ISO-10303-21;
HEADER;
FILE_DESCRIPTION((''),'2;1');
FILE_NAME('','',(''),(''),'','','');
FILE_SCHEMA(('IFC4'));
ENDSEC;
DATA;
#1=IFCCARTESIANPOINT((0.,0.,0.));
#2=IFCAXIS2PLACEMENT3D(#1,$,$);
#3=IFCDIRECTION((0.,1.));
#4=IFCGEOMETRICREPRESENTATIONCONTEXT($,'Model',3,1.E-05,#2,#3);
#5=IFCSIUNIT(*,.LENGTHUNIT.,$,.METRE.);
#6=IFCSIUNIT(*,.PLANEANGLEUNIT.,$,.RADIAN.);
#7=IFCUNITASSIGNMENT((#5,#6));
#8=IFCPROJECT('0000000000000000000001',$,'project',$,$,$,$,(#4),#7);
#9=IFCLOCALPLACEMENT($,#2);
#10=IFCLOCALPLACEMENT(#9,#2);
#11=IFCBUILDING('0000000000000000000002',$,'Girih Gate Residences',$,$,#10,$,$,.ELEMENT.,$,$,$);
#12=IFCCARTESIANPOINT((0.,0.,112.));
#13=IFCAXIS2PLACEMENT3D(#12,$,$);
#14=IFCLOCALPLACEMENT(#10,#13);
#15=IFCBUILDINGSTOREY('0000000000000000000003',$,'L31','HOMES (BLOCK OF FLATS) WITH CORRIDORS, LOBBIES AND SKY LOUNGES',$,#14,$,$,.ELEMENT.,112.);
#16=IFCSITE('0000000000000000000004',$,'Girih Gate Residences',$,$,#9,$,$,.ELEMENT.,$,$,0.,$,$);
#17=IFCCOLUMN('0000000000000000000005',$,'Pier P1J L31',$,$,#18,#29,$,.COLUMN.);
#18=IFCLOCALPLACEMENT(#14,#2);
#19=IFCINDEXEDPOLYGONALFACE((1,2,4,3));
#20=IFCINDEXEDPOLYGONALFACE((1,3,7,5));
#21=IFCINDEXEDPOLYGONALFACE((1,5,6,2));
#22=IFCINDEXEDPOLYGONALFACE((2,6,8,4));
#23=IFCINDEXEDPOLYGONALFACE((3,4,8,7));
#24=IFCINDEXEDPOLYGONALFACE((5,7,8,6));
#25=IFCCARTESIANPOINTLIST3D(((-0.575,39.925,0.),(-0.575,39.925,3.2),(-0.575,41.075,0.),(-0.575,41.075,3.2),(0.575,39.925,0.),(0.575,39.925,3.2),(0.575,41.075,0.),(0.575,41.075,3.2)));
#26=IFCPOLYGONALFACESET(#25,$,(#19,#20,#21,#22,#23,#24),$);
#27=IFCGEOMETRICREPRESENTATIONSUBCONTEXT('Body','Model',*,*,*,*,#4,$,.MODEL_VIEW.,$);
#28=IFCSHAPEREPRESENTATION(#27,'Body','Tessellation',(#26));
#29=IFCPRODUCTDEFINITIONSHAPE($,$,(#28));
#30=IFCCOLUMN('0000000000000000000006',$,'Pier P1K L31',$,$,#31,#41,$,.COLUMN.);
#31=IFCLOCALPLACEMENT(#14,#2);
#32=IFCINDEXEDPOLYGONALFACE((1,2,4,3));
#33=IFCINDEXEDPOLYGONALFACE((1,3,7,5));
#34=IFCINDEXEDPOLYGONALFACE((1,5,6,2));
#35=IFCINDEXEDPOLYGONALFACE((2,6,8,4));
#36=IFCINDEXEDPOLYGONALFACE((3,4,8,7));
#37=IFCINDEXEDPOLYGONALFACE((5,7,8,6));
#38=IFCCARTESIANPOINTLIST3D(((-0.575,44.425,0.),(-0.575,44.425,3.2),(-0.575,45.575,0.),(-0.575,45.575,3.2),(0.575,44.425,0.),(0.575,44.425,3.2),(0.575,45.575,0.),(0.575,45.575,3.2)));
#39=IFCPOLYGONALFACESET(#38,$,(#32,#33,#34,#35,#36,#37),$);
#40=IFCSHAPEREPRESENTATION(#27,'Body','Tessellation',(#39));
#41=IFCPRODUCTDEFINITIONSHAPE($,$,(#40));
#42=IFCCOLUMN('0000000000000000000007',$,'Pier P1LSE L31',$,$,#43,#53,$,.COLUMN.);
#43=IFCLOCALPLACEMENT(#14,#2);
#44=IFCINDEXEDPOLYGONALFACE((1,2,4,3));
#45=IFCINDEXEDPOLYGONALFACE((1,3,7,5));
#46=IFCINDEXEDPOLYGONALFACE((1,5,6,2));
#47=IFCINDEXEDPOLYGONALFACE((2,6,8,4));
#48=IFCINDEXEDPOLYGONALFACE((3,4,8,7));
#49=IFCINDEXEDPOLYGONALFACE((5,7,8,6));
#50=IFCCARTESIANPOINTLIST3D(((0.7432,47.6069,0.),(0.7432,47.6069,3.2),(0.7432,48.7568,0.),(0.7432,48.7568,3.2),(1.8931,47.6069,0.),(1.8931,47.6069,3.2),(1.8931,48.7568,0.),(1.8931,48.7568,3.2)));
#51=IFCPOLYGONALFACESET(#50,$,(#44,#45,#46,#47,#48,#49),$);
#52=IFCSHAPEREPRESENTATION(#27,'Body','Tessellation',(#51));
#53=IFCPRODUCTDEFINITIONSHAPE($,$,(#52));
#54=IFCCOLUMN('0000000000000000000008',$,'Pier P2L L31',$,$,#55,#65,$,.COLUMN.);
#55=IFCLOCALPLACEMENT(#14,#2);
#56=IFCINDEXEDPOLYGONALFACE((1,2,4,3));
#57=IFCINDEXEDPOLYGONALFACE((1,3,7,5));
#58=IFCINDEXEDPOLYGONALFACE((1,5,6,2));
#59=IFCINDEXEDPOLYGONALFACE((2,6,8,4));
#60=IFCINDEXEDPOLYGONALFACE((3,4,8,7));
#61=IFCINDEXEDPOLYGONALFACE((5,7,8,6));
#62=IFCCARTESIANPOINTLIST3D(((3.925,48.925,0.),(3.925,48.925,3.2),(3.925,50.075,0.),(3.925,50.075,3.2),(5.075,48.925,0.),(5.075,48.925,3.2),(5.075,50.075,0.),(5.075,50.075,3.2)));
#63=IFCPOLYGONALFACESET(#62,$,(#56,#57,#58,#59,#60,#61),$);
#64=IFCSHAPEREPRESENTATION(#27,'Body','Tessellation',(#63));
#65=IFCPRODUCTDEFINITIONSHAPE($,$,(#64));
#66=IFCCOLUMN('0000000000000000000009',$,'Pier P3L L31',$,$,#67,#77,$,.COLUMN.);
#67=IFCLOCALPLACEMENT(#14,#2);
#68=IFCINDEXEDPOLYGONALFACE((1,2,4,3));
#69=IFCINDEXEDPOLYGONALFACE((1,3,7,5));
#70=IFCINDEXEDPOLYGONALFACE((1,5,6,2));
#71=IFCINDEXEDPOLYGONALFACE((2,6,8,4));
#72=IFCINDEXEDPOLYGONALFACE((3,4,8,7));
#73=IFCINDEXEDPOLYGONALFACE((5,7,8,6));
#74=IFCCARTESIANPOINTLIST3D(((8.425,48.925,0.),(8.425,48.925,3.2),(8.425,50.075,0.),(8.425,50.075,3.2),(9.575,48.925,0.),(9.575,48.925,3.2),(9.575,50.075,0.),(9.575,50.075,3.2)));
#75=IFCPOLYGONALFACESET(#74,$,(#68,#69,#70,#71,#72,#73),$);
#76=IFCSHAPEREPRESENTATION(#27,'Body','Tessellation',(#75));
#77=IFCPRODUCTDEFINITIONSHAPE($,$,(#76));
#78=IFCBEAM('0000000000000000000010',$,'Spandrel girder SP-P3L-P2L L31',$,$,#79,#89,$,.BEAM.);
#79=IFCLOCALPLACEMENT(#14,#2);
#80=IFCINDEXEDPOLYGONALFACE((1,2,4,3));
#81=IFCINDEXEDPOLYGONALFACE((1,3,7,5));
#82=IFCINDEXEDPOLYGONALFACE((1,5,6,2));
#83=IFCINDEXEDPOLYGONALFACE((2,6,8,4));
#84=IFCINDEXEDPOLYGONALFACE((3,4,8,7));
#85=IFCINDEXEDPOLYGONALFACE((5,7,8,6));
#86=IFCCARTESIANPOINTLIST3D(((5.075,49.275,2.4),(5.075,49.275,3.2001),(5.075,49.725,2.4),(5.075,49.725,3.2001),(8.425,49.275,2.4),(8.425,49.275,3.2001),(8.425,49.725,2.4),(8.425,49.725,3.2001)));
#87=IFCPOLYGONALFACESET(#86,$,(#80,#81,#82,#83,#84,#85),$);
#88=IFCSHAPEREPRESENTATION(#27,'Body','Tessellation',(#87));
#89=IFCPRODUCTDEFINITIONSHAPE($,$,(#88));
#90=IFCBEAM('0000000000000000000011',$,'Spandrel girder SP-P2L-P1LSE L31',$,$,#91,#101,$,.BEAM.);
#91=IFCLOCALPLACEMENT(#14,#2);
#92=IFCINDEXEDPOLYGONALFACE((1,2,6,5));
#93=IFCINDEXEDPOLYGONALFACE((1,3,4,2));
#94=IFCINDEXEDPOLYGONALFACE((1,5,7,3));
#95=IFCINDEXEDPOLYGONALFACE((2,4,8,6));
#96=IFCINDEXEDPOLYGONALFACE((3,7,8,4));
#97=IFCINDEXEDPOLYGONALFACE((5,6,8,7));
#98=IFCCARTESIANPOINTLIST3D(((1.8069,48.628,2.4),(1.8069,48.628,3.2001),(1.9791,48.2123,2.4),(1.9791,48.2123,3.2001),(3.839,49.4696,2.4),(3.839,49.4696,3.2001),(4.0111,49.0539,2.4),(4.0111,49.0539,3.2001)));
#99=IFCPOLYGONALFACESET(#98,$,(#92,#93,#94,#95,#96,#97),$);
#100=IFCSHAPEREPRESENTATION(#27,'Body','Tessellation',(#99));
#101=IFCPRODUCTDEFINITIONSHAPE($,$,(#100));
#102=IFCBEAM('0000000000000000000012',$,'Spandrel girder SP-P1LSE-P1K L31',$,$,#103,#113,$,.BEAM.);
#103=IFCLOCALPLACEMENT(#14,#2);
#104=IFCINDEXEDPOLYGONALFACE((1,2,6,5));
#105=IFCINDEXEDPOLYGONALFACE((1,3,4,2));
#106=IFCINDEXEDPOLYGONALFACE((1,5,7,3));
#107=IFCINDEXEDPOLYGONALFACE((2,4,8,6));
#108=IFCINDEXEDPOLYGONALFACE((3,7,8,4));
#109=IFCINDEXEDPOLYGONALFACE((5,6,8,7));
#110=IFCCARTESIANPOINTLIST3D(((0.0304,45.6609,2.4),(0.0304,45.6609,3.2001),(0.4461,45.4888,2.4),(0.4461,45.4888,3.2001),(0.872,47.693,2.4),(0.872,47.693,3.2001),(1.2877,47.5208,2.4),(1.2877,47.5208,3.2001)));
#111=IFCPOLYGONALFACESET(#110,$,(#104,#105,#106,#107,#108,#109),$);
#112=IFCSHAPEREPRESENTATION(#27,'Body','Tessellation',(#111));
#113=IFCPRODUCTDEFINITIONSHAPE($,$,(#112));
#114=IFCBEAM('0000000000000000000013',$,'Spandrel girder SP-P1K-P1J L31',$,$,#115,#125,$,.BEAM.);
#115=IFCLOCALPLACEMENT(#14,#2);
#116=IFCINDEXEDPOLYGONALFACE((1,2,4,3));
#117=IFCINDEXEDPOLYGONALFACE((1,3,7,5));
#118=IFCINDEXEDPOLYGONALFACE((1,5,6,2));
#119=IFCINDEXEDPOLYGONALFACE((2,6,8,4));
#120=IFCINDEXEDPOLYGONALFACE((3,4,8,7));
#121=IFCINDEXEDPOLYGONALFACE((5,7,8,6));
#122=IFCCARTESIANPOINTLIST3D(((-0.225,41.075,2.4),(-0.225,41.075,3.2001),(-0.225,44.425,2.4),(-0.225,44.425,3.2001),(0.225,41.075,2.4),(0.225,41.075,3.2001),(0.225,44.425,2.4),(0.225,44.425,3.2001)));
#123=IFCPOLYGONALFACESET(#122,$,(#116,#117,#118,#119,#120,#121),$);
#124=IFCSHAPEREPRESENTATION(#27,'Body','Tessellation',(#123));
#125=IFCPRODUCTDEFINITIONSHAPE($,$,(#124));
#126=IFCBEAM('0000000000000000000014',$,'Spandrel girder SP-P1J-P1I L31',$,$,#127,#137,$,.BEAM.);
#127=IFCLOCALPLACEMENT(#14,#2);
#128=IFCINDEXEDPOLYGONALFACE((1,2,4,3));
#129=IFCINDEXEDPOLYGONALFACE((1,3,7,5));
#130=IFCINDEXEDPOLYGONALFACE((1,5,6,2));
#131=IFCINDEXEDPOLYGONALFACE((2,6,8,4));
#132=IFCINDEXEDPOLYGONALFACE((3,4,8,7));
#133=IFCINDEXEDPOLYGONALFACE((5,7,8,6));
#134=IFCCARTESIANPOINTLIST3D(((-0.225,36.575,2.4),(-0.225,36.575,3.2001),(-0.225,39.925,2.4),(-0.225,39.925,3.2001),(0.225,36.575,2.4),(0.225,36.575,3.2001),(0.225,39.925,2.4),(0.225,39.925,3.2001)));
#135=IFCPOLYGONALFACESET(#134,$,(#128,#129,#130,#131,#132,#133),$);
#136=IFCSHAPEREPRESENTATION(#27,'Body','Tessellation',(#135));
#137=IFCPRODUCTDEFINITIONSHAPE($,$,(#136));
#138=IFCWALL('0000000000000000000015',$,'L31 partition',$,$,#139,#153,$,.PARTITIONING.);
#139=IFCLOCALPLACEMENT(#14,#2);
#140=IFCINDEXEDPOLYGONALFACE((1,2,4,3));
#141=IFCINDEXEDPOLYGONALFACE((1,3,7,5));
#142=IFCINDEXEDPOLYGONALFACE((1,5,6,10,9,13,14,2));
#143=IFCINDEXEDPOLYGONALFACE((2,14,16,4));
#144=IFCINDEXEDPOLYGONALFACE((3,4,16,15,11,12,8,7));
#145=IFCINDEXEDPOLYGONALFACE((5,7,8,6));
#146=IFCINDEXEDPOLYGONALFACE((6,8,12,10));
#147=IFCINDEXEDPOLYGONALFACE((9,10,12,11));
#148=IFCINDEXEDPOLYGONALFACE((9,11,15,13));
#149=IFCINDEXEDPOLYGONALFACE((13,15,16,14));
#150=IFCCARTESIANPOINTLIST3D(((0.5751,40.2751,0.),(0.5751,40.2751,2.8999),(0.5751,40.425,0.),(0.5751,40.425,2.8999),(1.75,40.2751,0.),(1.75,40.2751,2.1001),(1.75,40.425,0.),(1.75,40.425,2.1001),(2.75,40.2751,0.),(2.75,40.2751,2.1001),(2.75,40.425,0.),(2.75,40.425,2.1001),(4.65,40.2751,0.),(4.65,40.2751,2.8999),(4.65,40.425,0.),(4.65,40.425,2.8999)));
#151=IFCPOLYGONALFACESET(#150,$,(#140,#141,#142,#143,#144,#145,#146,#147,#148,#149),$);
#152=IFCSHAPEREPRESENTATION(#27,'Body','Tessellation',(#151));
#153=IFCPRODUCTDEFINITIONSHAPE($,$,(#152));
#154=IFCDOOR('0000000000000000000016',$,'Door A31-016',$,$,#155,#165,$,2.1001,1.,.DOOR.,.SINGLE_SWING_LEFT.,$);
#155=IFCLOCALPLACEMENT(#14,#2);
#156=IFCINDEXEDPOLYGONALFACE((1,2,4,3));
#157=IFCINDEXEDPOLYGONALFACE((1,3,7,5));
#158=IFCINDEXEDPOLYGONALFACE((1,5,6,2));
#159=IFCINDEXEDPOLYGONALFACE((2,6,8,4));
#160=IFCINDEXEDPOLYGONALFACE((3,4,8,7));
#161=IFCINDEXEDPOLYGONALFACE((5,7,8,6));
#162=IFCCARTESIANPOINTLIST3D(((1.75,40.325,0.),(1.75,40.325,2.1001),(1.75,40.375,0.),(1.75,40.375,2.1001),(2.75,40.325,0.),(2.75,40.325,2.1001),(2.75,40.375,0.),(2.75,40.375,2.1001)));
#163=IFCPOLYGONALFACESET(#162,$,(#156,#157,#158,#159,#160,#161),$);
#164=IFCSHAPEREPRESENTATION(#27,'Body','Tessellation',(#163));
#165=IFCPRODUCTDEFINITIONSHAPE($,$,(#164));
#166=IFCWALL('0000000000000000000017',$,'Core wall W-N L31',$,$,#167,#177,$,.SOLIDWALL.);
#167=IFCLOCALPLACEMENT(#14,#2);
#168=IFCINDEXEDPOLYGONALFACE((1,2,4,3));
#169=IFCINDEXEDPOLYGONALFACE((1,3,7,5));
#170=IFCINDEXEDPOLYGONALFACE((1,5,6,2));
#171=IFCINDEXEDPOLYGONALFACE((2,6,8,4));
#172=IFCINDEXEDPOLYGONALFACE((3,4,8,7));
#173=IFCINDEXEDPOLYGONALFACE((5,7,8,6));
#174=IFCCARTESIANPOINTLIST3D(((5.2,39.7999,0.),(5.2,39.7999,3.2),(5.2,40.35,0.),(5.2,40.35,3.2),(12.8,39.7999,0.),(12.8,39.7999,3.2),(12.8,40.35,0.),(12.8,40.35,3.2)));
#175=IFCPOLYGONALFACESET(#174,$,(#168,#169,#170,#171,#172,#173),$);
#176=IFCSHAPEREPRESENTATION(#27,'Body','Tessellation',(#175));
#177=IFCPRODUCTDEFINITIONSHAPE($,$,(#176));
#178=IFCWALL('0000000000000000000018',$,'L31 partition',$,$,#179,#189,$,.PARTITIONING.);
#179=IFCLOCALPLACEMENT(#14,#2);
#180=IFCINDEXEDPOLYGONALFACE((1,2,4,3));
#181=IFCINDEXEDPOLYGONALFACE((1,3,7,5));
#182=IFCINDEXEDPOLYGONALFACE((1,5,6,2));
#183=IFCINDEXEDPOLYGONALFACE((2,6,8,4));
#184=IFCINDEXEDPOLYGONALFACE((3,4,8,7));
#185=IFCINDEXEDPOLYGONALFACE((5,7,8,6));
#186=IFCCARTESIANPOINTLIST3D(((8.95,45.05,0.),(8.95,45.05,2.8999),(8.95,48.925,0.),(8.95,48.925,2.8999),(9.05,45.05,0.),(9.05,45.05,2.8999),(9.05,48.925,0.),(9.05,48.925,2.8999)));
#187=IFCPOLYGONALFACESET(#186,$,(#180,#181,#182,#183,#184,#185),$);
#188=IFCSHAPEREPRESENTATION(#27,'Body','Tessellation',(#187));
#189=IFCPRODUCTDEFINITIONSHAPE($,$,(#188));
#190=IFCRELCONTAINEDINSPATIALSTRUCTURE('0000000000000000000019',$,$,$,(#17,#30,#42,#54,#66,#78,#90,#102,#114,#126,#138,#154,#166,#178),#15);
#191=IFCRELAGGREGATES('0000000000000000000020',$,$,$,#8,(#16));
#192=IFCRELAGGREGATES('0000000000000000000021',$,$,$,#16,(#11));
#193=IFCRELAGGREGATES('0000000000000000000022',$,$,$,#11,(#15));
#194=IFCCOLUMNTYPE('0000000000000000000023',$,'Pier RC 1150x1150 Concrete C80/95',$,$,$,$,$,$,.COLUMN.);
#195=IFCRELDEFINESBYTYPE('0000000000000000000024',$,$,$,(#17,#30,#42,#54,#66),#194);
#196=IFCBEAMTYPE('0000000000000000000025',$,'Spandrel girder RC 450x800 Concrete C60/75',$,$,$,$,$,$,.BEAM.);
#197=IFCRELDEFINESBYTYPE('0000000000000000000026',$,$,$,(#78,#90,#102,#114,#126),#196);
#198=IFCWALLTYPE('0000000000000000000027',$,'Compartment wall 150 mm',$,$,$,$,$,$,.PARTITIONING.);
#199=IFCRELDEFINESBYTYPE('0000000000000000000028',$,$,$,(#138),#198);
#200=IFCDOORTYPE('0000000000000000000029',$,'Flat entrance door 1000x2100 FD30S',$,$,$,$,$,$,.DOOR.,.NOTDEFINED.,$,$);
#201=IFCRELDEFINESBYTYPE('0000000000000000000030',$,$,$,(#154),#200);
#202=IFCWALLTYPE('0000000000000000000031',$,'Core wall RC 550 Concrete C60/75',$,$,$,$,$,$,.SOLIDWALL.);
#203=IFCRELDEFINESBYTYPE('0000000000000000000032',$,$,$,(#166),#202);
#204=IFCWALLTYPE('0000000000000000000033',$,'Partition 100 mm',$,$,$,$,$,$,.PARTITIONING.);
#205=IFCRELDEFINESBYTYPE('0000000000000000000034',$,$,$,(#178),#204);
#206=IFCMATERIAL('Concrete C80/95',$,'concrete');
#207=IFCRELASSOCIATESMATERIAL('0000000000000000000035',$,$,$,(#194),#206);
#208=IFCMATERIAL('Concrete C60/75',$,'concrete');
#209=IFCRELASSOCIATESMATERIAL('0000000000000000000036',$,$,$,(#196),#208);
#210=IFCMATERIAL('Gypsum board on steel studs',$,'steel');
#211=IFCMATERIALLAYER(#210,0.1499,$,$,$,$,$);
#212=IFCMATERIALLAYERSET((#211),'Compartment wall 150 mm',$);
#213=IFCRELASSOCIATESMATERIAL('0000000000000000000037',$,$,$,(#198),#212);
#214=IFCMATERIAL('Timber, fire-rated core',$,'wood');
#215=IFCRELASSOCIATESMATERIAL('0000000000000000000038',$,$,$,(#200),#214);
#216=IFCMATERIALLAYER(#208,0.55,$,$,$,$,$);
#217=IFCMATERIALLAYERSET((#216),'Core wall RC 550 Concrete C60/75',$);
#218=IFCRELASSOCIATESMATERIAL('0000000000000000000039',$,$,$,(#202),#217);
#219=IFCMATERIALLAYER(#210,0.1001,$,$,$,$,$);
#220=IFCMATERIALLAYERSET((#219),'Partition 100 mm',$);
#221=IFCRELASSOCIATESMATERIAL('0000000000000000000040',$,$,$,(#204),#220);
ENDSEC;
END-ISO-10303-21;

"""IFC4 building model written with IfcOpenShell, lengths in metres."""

from ifc_helpers import new_model, si_unit, direction, frame, frame_2d, origin, origin_2d, place, context, subcontext, project, spatial, rectangle, extrude, material, layer, layer_set, material_profile, profile_set, type_object, element, fill, save


model = new_model("IFC4")

# Units and contexts
model_context = context("Model", 3, precision=1e-05, world=origin(), true_north=direction((0.0, 1.0)))
body_context = subcontext(model_context, "Body", "Model", "MODEL_VIEW")
ifc_project = project(units=[si_unit("LENGTHUNIT", "METRE"), si_unit("PLANEANGLEUNIT", "RADIAN")], contexts=[model_context])

# Site, building, storey
site_placement = place(None, origin())
site = spatial("IfcSite", under=ifc_project, at=site_placement, Name="Girih Gate Residences", CompositionType="ELEMENT", RefElevation=0.0)
building_placement = place(site_placement, origin())
building = spatial("IfcBuilding", under=site, at=building_placement, Name="Girih Gate Residences", CompositionType="ELEMENT")
storey_placement = place(building_placement, frame((0.0, 0.0, 112.0)))
storey = spatial("IfcBuildingStorey", under=building, at=storey_placement, Name="L31", Description="HOMES (BLOCK OF FLATS) WITH CORRIDORS, LOBBIES AND SKY LOUNGES", CompositionType="ELEMENT", Elevation=112.0)

# Columns
ifc_material_1 = material(Name="Concrete C80/95", Category="concrete")
ifc_material_profile_1 = material_profile(ifc_material_1, rectangle(XDim=1.1499, YDim=1.1499, at=origin_2d()))
ifc_profile_set_1 = profile_set([ifc_material_profile_1], Name="Concrete C80/95")
column_type = type_object("IfcColumnType", Name="Pier RC 1150x1150 Concrete C80/95", PredefinedType="COLUMN", material=ifc_profile_set_1)
for number, where, z_axis, x_axis, name in (
    (1, (0.0, 40.5, 0.0), (0.0, 0.0, 1.0), (1.0, 0.0, 0.0), "Pier P1J L31"),
    (2, (0.0, 45.0, 0.0), (0.0, 0.0, 1.0), (1.0, 0.0, 0.0), "Pier P1K L31"),
    (3, (1.3181, 48.1819, 0.0), (0.0, 0.0, 1.0), (1.0, 0.0, 0.0), "Pier P1LSE L31"),
    (4, (4.5, 49.5, 0.0), (0.0, 0.0, 1.0), (1.0, 0.0, 0.0), "Pier P2L L31"),
    (5, (9.0, 49.5, 0.0), (0.0, 0.0, 1.0), (1.0, 0.0, 0.0), "Pier P3L L31"),
):
    element("IfcColumn", number, at=place(storey_placement, frame(where, z_axis=z_axis, x_axis=x_axis)), inside=storey, type_object=column_type, Name=name, PredefinedType="COLUMN", context=body_context, shape_type="SweptSolid", body=[
        extrude(rectangle(XDim=1.1499, YDim=1.1499, at=origin_2d()), origin(), (0.0, 0.0, 1.0), 3.2),
    ])

# Beams
ifc_material_2 = material(Name="Concrete C60/75", Category="concrete")
ifc_material_profile_2 = material_profile(ifc_material_2, rectangle(XDim=0.45, YDim=0.8, at=origin_2d()))
ifc_profile_set_2 = profile_set([ifc_material_profile_2], Name="Concrete C60/75")
beam_type = type_object("IfcBeamType", Name="Spandrel girder RC 450x800 Concrete C60/75", PredefinedType="BEAM", material=ifc_profile_set_2)
beam_placement = place(storey_placement, frame((8.425, 49.5, 2.8), z_axis=(-1.0, 0.0, 0.0), x_axis=(0.0, -1.0, 0.0)))
element("IfcBeam", 6, at=beam_placement, inside=storey, type_object=beam_type, Name="Spandrel girder SP-P3L-P2L L31", PredefinedType="BEAM", context=body_context, shape_type="SweptSolid", body=[
    extrude(rectangle(XDim=0.45, YDim=0.8, at=origin_2d()), origin(), (0.0, 0.0, 1.0), 3.3501),
])
for number, where, z_axis, x_axis, name in (
    (7, (3.925, 49.2617, 2.8), (-0.923899, -0.382636, 0.0), (0.382636, -0.923899, 0.0), "Spandrel girder SP-P2L-P1LSE L31"),
    (8, (1.0798, 47.6069, 2.8), (-0.382636, -0.923899, 0.0), (0.923899, -0.382636, 0.0), "Spandrel girder SP-P1LSE-P1K L31"),
):
    element("IfcBeam", number, at=place(storey_placement, frame(where, z_axis=z_axis, x_axis=x_axis)), inside=storey, type_object=beam_type, Name=name, PredefinedType="BEAM", context=body_context, shape_type="SweptSolid", body=[
        extrude(rectangle(XDim=0.45, YDim=0.8, at=origin_2d()), origin(), (0.0, 0.0, 1.0), 2.1995),
    ])
for number, where, z_axis, x_axis, name in (
    (9, (0.0, 44.425, 2.8), (0.0, -1.0, 0.0), (1.0, 0.0, 0.0), "Spandrel girder SP-P1K-P1J L31"),
    (10, (0.0, 39.925, 2.8), (0.0, -1.0, 0.0), (1.0, 0.0, 0.0), "Spandrel girder SP-P1J-P1I L31"),
):
    element("IfcBeam", number, at=place(storey_placement, frame(where, z_axis=z_axis, x_axis=x_axis)), inside=storey, type_object=beam_type, Name=name, PredefinedType="BEAM", context=body_context, shape_type="SweptSolid", body=[
        extrude(rectangle(XDim=0.45, YDim=0.8, at=origin_2d()), origin(), (0.0, 0.0, 1.0), 3.3501),
    ])

# Wall, opening, door
ifc_material_3 = material(Name="Gypsum board on steel studs", Category="steel")
ifc_layer_1 = layer(ifc_material_3, 0.1499)
ifc_layer_set_1 = layer_set([ifc_layer_1], Name="Compartment wall 150 mm")
wall_type_1 = type_object("IfcWallType", Name="Compartment wall 150 mm", PredefinedType="PARTITIONING", material=ifc_layer_set_1)
wall_1_placement = place(storey_placement, frame((0.575, 40.3501, 0.0), z_axis=(0.0, 0.0, 1.0), x_axis=(1.0, 0.0, 0.0)))
wall_1 = element("IfcWall", 11, at=wall_1_placement, inside=storey, type_object=wall_type_1, Name="L31 partition", PredefinedType="PARTITIONING", context=body_context, shape_type="SweptSolid", body=[
    extrude(rectangle(XDim=4.075, YDim=0.1499, at=frame_2d((2.0376, 0.0))), origin(), (0.0, 0.0, 1.0), 2.8999),
])
opening_1_placement = place(wall_1_placement, frame((1.175, 0.0, 0.0)))
opening_1 = element("IfcOpeningElement", 12, at=opening_1_placement, cuts=wall_1, PredefinedType="OPENING", context=body_context, shape_type="SweptSolid", body=[
    extrude(rectangle(XDim=1.0, YDim=2.1001, at=frame_2d((0.5, 1.05))), frame((0.0, 0.085, 0.0), z_axis=(0.0, -1.0, 0.0), x_axis=(1.0, 0.0, 0.0)), (0.0, 0.0, 1.0), 0.1699),
])
ifc_material_4 = material(Name="Timber, fire-rated core", Category="wood")
door_type_1 = type_object("IfcDoorType", Name="Flat entrance door 1000x2100 FD30S", OperationType="NOTDEFINED", PredefinedType="DOOR", material=ifc_material_4)
door_1_placement = place(opening_1_placement, origin())
door_1 = element("IfcDoor", 13, at=door_1_placement, inside=storey, type_object=door_type_1, Name="Door A31-016", OperationType="SINGLE_SWING_LEFT", OverallHeight=2.1001, OverallWidth=1.0, PredefinedType="DOOR", context=body_context, shape_type="SweptSolid", body=[
    extrude(rectangle(XDim=1.0, YDim=2.1001, at=frame_2d((0.5, 1.05))), frame((0.0, 0.0249, 0.0), z_axis=(0.0, -1.0, 0.0), x_axis=(1.0, 0.0, 0.0)), (0.0, 0.0, 1.0), 0.05),
])
fill(opening_1, door_1)

# Walls
ifc_layer_2 = layer(ifc_material_2, 0.55)
ifc_layer_set_2 = layer_set([ifc_layer_2], Name="Core wall RC 550 Concrete C60/75")
wall_type_2 = type_object("IfcWallType", Name="Core wall RC 550 Concrete C60/75", PredefinedType="SOLIDWALL", material=ifc_layer_set_2)
wall_2_placement = place(storey_placement, frame((5.2, 40.075, 0.0), z_axis=(0.0, 0.0, 1.0), x_axis=(1.0, 0.0, 0.0)))
element("IfcWall", 14, at=wall_2_placement, inside=storey, type_object=wall_type_2, Name="Core wall W-N L31", PredefinedType="SOLIDWALL", context=body_context, shape_type="SweptSolid", body=[
    extrude(rectangle(XDim=7.6001, YDim=0.55, at=frame_2d((3.8, 0.0))), origin(), (0.0, 0.0, 1.0), 3.2),
])
ifc_layer_3 = layer(ifc_material_3, 0.1001)
ifc_layer_set_3 = layer_set([ifc_layer_3], Name="Partition 100 mm")
wall_type_3 = type_object("IfcWallType", Name="Partition 100 mm", PredefinedType="PARTITIONING", material=ifc_layer_set_3)
wall_3_placement = place(storey_placement, frame((9.0, 45.05, 0.0), z_axis=(0.0, 0.0, 1.0), x_axis=(0.0, 1.0, 0.0)))
element("IfcWall", 15, at=wall_3_placement, inside=storey, type_object=wall_type_3, Name="L31 partition", PredefinedType="PARTITIONING", context=body_context, shape_type="SweptSolid", body=[
    extrude(rectangle(XDim=3.875, YDim=0.1001, at=frame_2d((1.9375, 0.0))), origin(), (0.0, 0.0, 1.0), 2.8999),
])

save(model, "model.ifc")
